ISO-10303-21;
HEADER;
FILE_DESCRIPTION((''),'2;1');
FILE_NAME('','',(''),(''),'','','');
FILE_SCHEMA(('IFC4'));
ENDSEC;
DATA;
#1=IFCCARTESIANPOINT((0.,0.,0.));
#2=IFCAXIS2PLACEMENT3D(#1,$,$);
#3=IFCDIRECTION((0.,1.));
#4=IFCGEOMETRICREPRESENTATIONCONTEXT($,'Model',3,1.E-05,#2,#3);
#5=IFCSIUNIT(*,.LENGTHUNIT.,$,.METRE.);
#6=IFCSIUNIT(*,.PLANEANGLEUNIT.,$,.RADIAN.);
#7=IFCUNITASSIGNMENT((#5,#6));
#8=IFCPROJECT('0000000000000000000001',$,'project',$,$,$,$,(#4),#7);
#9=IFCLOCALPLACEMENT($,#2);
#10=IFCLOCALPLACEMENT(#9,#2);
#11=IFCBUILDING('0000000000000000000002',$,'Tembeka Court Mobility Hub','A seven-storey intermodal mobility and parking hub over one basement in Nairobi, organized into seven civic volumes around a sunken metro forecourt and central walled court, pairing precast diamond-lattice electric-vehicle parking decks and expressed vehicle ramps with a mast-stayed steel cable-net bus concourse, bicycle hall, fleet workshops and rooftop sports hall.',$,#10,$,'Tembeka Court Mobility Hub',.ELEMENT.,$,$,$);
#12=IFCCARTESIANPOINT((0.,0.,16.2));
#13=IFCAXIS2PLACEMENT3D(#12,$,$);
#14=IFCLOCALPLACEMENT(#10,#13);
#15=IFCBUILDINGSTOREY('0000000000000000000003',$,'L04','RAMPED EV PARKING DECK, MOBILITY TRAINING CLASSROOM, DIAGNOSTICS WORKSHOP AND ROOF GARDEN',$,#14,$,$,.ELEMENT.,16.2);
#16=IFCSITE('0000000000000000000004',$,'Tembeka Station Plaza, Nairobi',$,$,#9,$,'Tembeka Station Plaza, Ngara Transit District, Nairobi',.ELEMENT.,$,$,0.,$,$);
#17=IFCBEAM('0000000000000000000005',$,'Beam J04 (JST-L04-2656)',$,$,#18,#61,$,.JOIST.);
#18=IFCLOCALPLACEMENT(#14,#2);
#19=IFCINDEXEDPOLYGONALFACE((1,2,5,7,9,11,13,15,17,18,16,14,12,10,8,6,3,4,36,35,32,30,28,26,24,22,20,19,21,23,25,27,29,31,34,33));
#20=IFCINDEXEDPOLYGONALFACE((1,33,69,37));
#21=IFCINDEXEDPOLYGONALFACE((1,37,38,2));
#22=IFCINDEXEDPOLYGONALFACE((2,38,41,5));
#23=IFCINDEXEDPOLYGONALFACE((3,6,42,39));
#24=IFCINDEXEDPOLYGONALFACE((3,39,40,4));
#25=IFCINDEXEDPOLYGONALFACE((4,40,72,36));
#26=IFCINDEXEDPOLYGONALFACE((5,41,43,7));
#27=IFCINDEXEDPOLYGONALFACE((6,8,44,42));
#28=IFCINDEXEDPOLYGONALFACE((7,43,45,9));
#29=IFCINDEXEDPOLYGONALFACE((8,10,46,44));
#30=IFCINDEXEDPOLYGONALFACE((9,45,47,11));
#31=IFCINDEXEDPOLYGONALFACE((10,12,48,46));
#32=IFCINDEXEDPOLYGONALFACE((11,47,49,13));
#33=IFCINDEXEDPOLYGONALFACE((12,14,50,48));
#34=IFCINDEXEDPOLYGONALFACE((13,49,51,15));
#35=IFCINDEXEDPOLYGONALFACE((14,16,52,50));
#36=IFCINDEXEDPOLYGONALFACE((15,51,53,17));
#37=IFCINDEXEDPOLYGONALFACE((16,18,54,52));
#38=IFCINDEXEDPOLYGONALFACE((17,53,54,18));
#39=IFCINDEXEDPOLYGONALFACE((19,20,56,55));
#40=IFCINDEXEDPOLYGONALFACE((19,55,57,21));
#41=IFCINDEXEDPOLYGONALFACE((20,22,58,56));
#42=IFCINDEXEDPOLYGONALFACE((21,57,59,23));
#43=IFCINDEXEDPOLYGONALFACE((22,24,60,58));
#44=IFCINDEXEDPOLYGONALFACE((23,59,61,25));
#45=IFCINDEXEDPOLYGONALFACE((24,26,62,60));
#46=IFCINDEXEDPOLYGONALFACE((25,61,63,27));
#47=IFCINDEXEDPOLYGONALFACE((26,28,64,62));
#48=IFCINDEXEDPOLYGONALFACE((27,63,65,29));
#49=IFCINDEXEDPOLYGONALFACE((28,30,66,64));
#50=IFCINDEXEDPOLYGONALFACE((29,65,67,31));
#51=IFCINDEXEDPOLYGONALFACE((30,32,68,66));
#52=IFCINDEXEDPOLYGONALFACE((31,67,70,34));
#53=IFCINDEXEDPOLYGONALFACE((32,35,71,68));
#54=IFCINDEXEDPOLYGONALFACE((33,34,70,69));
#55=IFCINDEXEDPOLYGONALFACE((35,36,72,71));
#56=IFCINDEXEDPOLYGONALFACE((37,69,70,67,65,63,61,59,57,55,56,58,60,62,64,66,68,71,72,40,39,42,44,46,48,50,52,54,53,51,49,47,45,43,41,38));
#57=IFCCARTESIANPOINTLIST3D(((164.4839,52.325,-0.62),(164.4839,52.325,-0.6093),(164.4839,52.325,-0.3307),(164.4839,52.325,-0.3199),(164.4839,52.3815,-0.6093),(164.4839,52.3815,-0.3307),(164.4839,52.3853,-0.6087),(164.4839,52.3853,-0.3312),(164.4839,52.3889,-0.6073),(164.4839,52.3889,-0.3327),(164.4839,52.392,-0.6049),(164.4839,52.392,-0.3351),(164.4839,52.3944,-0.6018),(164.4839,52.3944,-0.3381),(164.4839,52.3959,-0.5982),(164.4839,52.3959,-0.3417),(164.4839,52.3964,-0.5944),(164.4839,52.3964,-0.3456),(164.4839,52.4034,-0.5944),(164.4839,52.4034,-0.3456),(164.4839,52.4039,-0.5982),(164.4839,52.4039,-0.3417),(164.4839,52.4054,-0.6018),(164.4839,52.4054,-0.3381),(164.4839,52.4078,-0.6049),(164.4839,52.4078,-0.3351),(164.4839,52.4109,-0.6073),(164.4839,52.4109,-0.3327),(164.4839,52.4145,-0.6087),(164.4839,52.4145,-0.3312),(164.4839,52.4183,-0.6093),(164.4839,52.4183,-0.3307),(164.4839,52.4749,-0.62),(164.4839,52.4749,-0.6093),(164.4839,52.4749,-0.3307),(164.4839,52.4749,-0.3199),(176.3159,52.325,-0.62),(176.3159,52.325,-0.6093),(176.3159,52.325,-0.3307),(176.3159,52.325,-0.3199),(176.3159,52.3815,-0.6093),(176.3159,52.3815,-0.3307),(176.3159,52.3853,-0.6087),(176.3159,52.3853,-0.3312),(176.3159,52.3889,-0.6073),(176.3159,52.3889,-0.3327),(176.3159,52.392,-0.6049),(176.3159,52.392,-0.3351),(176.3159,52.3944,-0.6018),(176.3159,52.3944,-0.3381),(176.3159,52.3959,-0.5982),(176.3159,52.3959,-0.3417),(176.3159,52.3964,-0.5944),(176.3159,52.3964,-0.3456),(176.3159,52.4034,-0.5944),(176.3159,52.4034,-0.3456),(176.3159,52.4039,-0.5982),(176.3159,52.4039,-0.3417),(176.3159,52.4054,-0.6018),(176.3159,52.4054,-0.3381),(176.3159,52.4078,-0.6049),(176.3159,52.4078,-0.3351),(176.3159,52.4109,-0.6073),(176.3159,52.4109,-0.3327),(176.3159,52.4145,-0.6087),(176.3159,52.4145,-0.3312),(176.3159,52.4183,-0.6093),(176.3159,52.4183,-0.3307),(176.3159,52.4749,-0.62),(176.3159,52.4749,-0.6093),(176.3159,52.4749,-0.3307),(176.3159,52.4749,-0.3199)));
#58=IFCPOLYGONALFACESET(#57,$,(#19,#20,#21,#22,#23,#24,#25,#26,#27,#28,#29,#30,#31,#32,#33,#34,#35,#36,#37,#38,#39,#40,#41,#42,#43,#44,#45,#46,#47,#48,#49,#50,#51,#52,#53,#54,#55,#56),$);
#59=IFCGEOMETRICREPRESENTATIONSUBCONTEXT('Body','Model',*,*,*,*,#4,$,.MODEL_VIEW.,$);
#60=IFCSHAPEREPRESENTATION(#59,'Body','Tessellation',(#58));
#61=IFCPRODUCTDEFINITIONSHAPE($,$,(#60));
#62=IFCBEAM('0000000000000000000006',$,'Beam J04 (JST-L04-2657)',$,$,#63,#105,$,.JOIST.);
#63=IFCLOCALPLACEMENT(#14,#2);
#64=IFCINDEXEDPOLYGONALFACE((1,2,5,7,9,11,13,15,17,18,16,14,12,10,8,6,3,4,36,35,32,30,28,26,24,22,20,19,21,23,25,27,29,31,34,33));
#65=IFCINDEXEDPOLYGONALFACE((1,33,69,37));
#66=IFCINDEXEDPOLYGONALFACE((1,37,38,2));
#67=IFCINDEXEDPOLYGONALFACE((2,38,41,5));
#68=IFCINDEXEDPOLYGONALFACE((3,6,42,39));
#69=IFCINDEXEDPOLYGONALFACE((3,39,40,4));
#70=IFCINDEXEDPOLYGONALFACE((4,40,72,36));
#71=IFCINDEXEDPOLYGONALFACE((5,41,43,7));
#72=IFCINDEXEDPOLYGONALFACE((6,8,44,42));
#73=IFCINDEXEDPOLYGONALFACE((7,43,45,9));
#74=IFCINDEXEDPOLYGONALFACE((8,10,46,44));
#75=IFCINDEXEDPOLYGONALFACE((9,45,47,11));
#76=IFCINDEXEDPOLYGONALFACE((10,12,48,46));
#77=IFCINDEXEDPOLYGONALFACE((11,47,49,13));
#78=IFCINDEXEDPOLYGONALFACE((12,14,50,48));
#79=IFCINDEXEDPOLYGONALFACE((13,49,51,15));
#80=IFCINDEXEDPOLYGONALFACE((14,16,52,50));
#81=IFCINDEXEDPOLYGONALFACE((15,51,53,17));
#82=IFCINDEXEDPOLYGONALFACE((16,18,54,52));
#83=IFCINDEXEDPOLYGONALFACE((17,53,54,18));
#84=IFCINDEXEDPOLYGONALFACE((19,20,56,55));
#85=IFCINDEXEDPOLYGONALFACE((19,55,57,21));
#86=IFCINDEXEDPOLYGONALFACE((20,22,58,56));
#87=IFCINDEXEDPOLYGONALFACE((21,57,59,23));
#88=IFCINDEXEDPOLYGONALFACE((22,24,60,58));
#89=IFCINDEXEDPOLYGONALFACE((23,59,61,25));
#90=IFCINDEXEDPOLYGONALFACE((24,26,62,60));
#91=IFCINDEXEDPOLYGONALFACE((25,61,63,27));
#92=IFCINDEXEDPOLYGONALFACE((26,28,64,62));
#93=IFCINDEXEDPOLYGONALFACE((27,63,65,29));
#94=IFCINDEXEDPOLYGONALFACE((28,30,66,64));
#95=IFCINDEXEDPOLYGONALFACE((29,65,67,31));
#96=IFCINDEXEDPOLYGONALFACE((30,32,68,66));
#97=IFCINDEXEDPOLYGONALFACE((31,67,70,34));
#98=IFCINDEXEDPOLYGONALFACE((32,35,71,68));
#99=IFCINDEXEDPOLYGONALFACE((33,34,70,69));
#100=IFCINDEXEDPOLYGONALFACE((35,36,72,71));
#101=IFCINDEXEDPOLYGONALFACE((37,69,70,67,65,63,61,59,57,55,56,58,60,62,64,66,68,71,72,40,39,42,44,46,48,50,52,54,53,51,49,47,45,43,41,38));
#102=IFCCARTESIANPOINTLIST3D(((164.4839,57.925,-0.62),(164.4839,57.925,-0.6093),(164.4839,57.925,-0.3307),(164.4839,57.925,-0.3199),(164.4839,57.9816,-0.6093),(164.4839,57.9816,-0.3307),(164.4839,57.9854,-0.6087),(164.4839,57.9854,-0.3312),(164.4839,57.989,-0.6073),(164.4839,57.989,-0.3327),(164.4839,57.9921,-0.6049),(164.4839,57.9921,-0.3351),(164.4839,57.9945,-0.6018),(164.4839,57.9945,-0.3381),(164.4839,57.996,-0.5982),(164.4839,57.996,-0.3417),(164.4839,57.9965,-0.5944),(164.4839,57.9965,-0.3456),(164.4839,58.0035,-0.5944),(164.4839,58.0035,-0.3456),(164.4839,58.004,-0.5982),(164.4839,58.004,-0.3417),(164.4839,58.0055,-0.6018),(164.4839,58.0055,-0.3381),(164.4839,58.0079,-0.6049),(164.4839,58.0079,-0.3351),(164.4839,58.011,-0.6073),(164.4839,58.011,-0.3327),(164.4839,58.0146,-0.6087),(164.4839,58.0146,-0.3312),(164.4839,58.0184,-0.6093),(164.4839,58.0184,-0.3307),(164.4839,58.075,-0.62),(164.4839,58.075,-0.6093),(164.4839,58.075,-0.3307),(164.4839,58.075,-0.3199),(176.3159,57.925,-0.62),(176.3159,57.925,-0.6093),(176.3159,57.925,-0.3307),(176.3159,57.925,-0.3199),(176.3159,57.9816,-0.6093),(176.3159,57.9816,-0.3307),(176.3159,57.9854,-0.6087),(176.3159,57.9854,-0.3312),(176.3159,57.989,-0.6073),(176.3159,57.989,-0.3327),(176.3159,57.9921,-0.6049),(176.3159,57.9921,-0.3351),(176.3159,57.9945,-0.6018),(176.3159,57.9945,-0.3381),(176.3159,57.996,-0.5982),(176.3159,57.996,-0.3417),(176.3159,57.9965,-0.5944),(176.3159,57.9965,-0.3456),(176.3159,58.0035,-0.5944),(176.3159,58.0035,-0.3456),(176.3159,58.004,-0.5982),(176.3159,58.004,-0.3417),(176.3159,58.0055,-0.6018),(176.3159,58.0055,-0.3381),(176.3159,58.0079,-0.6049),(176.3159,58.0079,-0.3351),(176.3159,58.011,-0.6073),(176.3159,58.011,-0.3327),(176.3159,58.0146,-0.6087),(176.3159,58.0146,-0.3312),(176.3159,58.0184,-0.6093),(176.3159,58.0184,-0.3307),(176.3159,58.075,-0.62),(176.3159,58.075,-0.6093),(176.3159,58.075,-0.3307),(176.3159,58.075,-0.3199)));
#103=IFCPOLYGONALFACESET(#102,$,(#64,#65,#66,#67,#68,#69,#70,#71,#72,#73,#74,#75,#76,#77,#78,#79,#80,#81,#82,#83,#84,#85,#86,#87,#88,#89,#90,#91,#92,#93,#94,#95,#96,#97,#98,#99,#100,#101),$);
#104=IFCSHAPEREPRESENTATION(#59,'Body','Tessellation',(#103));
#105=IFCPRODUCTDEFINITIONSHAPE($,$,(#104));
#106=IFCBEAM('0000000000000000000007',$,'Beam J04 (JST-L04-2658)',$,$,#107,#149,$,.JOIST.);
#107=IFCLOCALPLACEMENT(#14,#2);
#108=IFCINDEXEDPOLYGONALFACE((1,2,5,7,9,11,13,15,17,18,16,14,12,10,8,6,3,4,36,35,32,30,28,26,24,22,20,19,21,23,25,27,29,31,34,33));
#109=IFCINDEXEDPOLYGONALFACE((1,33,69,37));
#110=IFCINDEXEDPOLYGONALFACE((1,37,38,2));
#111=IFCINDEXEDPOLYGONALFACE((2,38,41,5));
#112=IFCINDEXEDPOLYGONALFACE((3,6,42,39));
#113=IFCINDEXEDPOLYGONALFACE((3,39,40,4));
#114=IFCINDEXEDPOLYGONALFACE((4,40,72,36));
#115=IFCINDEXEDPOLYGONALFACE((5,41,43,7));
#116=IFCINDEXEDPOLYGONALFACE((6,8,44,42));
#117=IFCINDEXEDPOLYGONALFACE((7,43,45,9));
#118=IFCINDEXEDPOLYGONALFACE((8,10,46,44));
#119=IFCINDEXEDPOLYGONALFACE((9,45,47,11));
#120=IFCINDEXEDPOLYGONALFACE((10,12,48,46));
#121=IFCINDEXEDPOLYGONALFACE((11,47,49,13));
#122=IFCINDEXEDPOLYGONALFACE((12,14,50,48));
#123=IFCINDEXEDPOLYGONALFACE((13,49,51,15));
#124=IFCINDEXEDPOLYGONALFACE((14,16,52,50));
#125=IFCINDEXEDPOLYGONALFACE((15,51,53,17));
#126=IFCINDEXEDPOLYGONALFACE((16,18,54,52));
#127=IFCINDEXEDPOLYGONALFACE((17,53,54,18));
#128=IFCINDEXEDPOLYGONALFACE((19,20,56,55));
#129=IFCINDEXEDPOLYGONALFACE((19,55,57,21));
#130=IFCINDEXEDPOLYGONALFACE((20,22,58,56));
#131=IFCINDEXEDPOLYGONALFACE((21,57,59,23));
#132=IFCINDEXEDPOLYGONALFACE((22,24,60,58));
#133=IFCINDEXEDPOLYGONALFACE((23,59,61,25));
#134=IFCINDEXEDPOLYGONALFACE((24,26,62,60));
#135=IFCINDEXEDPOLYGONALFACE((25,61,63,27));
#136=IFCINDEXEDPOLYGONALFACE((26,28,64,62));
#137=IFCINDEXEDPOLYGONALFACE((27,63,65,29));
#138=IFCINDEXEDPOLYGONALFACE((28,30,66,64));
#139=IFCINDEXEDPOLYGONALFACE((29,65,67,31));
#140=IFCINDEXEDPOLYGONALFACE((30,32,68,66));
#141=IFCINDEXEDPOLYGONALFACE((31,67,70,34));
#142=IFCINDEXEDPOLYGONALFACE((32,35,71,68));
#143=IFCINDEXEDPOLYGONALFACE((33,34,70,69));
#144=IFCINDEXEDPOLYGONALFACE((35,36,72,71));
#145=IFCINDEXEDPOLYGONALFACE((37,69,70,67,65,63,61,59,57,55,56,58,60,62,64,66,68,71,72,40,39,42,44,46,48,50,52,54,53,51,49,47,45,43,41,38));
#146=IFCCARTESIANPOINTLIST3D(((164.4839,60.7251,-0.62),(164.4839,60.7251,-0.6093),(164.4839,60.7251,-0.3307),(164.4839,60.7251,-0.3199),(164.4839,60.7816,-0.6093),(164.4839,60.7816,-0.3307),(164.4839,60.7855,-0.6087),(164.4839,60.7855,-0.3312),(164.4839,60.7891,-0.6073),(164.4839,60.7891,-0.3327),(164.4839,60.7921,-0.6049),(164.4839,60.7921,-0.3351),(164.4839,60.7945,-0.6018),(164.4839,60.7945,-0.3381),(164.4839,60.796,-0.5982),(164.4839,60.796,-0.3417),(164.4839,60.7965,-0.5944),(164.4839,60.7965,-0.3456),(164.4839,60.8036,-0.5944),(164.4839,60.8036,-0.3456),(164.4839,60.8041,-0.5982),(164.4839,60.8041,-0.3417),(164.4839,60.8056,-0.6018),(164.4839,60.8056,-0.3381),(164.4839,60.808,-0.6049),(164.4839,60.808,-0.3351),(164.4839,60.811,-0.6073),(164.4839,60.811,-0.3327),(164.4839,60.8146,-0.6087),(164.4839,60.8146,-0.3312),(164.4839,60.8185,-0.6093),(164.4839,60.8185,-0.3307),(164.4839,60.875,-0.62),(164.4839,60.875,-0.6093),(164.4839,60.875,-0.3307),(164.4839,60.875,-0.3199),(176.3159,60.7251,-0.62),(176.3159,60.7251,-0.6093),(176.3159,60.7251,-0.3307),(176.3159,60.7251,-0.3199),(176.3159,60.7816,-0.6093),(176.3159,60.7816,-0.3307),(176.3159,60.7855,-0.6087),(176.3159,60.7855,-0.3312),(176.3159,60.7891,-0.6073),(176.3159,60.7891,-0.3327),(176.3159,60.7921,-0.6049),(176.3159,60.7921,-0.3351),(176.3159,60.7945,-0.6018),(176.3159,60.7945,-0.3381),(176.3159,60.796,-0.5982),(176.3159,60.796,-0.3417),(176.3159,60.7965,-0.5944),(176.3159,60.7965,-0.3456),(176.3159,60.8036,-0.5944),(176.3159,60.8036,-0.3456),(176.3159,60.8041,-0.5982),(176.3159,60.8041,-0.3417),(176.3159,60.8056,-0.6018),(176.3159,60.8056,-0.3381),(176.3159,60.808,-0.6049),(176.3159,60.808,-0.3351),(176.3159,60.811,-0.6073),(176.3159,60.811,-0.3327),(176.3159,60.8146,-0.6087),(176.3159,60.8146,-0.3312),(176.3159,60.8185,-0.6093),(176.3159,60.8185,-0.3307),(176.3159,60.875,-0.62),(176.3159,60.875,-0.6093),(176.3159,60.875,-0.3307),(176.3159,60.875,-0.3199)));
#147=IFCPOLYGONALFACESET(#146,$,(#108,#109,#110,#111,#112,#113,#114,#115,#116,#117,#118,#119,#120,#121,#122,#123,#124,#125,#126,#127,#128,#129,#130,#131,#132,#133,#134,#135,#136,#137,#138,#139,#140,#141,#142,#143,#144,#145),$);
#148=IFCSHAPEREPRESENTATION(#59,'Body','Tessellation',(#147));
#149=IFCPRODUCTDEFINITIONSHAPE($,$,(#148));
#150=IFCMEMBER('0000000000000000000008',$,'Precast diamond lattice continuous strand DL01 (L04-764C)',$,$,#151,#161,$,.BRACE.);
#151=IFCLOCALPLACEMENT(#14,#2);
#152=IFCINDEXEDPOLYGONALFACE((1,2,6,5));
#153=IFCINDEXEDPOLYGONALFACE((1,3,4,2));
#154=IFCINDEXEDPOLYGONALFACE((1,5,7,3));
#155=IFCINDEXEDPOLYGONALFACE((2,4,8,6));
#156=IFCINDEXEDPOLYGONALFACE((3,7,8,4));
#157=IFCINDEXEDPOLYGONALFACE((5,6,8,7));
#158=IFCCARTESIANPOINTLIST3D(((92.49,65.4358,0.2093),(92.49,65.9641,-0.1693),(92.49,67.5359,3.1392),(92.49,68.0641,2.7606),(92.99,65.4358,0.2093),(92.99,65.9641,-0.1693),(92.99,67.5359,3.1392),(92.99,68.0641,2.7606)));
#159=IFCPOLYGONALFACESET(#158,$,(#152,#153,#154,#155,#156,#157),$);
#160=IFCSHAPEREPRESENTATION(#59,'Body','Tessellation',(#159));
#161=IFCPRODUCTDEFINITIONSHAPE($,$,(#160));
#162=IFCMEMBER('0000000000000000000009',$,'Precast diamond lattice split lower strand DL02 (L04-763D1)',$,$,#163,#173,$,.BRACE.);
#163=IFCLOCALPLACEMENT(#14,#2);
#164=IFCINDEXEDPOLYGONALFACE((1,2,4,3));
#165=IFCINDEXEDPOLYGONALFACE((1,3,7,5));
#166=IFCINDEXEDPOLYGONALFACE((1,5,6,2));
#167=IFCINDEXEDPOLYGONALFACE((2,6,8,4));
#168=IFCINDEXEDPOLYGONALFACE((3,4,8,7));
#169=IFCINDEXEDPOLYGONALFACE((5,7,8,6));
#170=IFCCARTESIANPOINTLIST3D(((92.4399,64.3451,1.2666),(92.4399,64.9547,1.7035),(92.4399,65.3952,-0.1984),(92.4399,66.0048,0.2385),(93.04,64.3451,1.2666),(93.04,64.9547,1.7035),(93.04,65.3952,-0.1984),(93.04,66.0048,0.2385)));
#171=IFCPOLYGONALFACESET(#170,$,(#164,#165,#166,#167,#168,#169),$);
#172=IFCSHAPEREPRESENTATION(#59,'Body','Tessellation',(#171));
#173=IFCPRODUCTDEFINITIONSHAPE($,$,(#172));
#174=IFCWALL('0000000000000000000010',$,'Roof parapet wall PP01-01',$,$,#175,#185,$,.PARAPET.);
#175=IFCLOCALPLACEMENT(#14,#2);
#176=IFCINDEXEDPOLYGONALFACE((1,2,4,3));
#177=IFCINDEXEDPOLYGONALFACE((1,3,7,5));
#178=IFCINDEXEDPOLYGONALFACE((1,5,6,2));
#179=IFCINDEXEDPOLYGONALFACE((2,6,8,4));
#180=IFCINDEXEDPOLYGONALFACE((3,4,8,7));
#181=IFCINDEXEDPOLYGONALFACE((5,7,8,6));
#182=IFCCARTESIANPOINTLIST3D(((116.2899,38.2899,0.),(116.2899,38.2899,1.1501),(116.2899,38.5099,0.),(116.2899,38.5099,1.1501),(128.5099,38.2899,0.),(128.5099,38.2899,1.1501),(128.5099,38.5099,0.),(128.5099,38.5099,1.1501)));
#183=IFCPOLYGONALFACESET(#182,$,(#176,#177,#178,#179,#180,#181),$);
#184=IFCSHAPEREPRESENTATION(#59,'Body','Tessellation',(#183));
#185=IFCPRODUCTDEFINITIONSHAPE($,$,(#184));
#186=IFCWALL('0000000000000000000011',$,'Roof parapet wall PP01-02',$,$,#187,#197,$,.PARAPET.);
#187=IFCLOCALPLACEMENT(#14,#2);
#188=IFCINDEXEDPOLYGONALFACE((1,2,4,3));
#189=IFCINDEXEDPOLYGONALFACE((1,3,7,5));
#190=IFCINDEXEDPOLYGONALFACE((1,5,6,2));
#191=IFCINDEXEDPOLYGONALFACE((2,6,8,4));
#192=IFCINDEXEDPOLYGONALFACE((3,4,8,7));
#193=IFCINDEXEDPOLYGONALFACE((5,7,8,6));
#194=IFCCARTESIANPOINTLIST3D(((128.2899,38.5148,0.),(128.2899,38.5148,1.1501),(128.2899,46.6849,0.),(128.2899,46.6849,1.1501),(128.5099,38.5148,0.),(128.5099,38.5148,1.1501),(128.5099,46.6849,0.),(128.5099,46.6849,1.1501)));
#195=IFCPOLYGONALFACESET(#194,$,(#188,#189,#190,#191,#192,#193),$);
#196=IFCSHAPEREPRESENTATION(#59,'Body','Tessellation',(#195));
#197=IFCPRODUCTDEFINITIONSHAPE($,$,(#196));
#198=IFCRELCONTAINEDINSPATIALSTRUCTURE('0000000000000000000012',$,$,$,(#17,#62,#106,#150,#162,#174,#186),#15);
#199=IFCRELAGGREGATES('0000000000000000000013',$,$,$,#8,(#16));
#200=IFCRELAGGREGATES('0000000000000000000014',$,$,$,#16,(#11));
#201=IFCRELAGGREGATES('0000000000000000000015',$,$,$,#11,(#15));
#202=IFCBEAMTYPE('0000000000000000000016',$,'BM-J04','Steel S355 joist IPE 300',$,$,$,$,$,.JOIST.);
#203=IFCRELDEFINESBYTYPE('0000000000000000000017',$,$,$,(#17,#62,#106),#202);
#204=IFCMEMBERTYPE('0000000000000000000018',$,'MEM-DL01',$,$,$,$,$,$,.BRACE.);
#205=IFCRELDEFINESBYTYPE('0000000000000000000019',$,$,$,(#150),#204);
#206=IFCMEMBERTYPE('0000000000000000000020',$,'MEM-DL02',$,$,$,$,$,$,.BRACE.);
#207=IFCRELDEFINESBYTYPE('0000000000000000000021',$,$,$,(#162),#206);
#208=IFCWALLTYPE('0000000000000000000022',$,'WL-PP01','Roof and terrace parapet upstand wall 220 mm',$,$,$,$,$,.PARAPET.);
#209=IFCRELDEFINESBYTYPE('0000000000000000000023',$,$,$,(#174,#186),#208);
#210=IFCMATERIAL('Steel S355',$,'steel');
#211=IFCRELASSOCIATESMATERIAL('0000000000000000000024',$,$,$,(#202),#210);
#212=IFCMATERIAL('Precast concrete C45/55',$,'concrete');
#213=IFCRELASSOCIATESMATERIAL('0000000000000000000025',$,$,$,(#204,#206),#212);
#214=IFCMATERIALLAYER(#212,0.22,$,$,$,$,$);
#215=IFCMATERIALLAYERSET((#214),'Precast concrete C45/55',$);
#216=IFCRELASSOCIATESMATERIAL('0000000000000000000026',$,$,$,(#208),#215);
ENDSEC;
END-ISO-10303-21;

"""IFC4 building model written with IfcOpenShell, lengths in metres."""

from ifc_helpers import new_model, si_unit, direction, frame, frame_2d, origin, origin_2d, place, context, subcontext, project, spatial, rectangle, i_section, extrude, material, layer, layer_set, material_profile, profile_set, type_object, element, save


model = new_model("IFC4")

# Units and contexts
model_context = context("Model", 3, precision=1e-05, world=origin(), true_north=direction((0.0, 1.0)))
body_context = subcontext(model_context, "Body", "Model", "MODEL_VIEW")
ifc_project = project(units=[si_unit("LENGTHUNIT", "METRE"), si_unit("PLANEANGLEUNIT", "RADIAN")], contexts=[model_context])

# Site, building, storey
site_placement = place(None, origin())
site = spatial("IfcSite", under=ifc_project, at=site_placement, Name="Tembeka Station Plaza, Nairobi", LongName="Tembeka Station Plaza, Ngara Transit District, Nairobi", CompositionType="ELEMENT", RefElevation=0.0)
building_placement = place(site_placement, origin())
building = spatial("IfcBuilding", under=site, at=building_placement, Name="Tembeka Court Mobility Hub", Description="A seven-storey intermodal mobility and parking hub over one basement in Nairobi, organized into seven civic volumes around a sunken metro forecourt and central walled court, pairing precast diamond-lattice electric-vehicle parking decks and expressed vehicle ramps with a mast-stayed steel cable-net bus concourse, bicycle hall, fleet workshops and rooftop sports hall.", LongName="Tembeka Court Mobility Hub", CompositionType="ELEMENT")
storey_placement = place(building_placement, frame((0.0, 0.0, 16.2)))
storey = spatial("IfcBuildingStorey", under=building, at=storey_placement, Name="L04", Description="RAMPED EV PARKING DECK, MOBILITY TRAINING CLASSROOM, DIAGNOSTICS WORKSHOP AND ROOF GARDEN", CompositionType="ELEMENT", Elevation=16.2)

# Beams
ifc_material_1 = material(Name="Steel S355", Category="steel")
ifc_material_profile_1 = material_profile(ifc_material_1, i_section(OverallWidth=0.1499, OverallDepth=0.3, WebThickness=0.0071, FlangeThickness=0.0107, FilletRadius=0.0149, at=origin_2d()), Name="IPE 300")
ifc_profile_set_1 = profile_set([ifc_material_profile_1], Name="Steel S355")
beam_type_1 = type_object("IfcBeamType", Name="BM-J04", Description="Steel S355 joist IPE 300", PredefinedType="JOIST", material=ifc_profile_set_1)
for number, where, z_axis, x_axis, name in (
    (1, (164.4839, 52.3999, -0.47), (1.0, 0.0, 0.0), (0.0, 1.0, 0.0), "Beam J04 (JST-L04-2656)"),
    (2, (164.4839, 58.0, -0.47), (1.0, 0.0, 0.0), (0.0, 1.0, 0.0), "Beam J04 (JST-L04-2657)"),
    (3, (164.4839, 60.8, -0.47), (1.0, 0.0, 0.0), (0.0, 1.0, 0.0), "Beam J04 (JST-L04-2658)"),
):
    element("IfcBeam", number, at=place(storey_placement, frame(where, z_axis=z_axis, x_axis=x_axis)), inside=storey, type_object=beam_type_1, Name=name, PredefinedType="JOIST", context=body_context, shape_type="SweptSolid", body=[
        extrude(i_section(OverallWidth=0.1499, OverallDepth=0.3, WebThickness=0.0071, FlangeThickness=0.0107, FilletRadius=0.0149, at=origin_2d()), origin(), (0.0, 0.0, 1.0), 11.832),
    ])

# Members
ifc_material_2 = material(Name="Precast concrete C45/55", Category="concrete")
ifc_material_profile_2 = material_profile(ifc_material_2, rectangle(XDim=0.5, YDim=0.6499, at=origin_2d()), Name="PC-DIAG 500x650")
ifc_profile_set_2 = profile_set([ifc_material_profile_2], Name="Precast concrete C45/55")
member_type_1 = type_object("IfcMemberType", Name="MEM-DL01", PredefinedType="BRACE", material=ifc_profile_set_2)
member_1_placement = place(storey_placement, frame((92.74, 65.7, 0.02), z_axis=(0.0, 0.582576, 0.812776), x_axis=(-1.0, 0.0, 0.0)))
element("IfcMember", 4, at=member_1_placement, inside=storey, type_object=member_type_1, Name="Precast diamond lattice continuous strand DL01 (L04-764C)", PredefinedType="BRACE", context=body_context, shape_type="SweptSolid", body=[
    extrude(rectangle(XDim=0.5, YDim=0.6499, at=origin_2d()), origin(), (0.0, 0.0, 1.0), 3.6047),
])
ifc_material_profile_3 = material_profile(ifc_material_2, rectangle(XDim=0.6001, YDim=0.75, at=origin_2d()), Name="PC-DIAG 600x750")
ifc_profile_set_3 = profile_set([ifc_material_profile_3], Name="Precast concrete C45/55")
member_type_2 = type_object("IfcMemberType", Name="MEM-DL02", PredefinedType="BRACE", material=ifc_profile_set_3)
member_2_placement = place(storey_placement, frame((92.74, 65.7, 0.02), z_axis=(0.0, -0.582544, 0.812799), x_axis=(1.0, 0.0, 0.0)))
element("IfcMember", 5, at=member_2_placement, inside=storey, type_object=member_type_2, Name="Precast diamond lattice split lower strand DL02 (L04-763D1)", PredefinedType="BRACE", context=body_context, shape_type="SweptSolid", body=[
    extrude(rectangle(XDim=0.6001, YDim=0.75, at=origin_2d()), origin(), (0.0, 0.0, 1.0), 1.8025),
])

# Walls
ifc_layer = layer(ifc_material_2, 0.22)
ifc_layer_set = layer_set([ifc_layer], Name="Precast concrete C45/55")
wall_type = type_object("IfcWallType", Name="WL-PP01", Description="Roof and terrace parapet upstand wall 220 mm", PredefinedType="PARAPET", material=ifc_layer_set)
wall_1_placement = place(storey_placement, frame((116.29, 38.3999, 0.0), z_axis=(0.0, 0.0, 1.0), x_axis=(1.0, 0.0, 0.0)))
element("IfcWall", 6, at=wall_1_placement, inside=storey, type_object=wall_type, Name="Roof parapet wall PP01-01", PredefinedType="PARAPET", context=body_context, shape_type="SweptSolid", body=[
    extrude(rectangle(XDim=12.22, YDim=0.22, at=frame_2d((6.1099, 0.0))), origin(), (0.0, 0.0, 1.0), 1.1501),
])
wall_2_placement = place(storey_placement, frame((128.3999, 38.5149, 0.0), z_axis=(0.0, 0.0, 1.0), x_axis=(0.0, 1.0, 0.0)))
element("IfcWall", 7, at=wall_2_placement, inside=storey, type_object=wall_type, Name="Roof parapet wall PP01-02", PredefinedType="PARAPET", context=body_context, shape_type="SweptSolid", body=[
    extrude(rectangle(XDim=8.1702, YDim=0.22, at=frame_2d((4.085, 0.0))), origin(), (0.0, 0.0, 1.0), 1.1501),
])

save(model, "model.ifc")
